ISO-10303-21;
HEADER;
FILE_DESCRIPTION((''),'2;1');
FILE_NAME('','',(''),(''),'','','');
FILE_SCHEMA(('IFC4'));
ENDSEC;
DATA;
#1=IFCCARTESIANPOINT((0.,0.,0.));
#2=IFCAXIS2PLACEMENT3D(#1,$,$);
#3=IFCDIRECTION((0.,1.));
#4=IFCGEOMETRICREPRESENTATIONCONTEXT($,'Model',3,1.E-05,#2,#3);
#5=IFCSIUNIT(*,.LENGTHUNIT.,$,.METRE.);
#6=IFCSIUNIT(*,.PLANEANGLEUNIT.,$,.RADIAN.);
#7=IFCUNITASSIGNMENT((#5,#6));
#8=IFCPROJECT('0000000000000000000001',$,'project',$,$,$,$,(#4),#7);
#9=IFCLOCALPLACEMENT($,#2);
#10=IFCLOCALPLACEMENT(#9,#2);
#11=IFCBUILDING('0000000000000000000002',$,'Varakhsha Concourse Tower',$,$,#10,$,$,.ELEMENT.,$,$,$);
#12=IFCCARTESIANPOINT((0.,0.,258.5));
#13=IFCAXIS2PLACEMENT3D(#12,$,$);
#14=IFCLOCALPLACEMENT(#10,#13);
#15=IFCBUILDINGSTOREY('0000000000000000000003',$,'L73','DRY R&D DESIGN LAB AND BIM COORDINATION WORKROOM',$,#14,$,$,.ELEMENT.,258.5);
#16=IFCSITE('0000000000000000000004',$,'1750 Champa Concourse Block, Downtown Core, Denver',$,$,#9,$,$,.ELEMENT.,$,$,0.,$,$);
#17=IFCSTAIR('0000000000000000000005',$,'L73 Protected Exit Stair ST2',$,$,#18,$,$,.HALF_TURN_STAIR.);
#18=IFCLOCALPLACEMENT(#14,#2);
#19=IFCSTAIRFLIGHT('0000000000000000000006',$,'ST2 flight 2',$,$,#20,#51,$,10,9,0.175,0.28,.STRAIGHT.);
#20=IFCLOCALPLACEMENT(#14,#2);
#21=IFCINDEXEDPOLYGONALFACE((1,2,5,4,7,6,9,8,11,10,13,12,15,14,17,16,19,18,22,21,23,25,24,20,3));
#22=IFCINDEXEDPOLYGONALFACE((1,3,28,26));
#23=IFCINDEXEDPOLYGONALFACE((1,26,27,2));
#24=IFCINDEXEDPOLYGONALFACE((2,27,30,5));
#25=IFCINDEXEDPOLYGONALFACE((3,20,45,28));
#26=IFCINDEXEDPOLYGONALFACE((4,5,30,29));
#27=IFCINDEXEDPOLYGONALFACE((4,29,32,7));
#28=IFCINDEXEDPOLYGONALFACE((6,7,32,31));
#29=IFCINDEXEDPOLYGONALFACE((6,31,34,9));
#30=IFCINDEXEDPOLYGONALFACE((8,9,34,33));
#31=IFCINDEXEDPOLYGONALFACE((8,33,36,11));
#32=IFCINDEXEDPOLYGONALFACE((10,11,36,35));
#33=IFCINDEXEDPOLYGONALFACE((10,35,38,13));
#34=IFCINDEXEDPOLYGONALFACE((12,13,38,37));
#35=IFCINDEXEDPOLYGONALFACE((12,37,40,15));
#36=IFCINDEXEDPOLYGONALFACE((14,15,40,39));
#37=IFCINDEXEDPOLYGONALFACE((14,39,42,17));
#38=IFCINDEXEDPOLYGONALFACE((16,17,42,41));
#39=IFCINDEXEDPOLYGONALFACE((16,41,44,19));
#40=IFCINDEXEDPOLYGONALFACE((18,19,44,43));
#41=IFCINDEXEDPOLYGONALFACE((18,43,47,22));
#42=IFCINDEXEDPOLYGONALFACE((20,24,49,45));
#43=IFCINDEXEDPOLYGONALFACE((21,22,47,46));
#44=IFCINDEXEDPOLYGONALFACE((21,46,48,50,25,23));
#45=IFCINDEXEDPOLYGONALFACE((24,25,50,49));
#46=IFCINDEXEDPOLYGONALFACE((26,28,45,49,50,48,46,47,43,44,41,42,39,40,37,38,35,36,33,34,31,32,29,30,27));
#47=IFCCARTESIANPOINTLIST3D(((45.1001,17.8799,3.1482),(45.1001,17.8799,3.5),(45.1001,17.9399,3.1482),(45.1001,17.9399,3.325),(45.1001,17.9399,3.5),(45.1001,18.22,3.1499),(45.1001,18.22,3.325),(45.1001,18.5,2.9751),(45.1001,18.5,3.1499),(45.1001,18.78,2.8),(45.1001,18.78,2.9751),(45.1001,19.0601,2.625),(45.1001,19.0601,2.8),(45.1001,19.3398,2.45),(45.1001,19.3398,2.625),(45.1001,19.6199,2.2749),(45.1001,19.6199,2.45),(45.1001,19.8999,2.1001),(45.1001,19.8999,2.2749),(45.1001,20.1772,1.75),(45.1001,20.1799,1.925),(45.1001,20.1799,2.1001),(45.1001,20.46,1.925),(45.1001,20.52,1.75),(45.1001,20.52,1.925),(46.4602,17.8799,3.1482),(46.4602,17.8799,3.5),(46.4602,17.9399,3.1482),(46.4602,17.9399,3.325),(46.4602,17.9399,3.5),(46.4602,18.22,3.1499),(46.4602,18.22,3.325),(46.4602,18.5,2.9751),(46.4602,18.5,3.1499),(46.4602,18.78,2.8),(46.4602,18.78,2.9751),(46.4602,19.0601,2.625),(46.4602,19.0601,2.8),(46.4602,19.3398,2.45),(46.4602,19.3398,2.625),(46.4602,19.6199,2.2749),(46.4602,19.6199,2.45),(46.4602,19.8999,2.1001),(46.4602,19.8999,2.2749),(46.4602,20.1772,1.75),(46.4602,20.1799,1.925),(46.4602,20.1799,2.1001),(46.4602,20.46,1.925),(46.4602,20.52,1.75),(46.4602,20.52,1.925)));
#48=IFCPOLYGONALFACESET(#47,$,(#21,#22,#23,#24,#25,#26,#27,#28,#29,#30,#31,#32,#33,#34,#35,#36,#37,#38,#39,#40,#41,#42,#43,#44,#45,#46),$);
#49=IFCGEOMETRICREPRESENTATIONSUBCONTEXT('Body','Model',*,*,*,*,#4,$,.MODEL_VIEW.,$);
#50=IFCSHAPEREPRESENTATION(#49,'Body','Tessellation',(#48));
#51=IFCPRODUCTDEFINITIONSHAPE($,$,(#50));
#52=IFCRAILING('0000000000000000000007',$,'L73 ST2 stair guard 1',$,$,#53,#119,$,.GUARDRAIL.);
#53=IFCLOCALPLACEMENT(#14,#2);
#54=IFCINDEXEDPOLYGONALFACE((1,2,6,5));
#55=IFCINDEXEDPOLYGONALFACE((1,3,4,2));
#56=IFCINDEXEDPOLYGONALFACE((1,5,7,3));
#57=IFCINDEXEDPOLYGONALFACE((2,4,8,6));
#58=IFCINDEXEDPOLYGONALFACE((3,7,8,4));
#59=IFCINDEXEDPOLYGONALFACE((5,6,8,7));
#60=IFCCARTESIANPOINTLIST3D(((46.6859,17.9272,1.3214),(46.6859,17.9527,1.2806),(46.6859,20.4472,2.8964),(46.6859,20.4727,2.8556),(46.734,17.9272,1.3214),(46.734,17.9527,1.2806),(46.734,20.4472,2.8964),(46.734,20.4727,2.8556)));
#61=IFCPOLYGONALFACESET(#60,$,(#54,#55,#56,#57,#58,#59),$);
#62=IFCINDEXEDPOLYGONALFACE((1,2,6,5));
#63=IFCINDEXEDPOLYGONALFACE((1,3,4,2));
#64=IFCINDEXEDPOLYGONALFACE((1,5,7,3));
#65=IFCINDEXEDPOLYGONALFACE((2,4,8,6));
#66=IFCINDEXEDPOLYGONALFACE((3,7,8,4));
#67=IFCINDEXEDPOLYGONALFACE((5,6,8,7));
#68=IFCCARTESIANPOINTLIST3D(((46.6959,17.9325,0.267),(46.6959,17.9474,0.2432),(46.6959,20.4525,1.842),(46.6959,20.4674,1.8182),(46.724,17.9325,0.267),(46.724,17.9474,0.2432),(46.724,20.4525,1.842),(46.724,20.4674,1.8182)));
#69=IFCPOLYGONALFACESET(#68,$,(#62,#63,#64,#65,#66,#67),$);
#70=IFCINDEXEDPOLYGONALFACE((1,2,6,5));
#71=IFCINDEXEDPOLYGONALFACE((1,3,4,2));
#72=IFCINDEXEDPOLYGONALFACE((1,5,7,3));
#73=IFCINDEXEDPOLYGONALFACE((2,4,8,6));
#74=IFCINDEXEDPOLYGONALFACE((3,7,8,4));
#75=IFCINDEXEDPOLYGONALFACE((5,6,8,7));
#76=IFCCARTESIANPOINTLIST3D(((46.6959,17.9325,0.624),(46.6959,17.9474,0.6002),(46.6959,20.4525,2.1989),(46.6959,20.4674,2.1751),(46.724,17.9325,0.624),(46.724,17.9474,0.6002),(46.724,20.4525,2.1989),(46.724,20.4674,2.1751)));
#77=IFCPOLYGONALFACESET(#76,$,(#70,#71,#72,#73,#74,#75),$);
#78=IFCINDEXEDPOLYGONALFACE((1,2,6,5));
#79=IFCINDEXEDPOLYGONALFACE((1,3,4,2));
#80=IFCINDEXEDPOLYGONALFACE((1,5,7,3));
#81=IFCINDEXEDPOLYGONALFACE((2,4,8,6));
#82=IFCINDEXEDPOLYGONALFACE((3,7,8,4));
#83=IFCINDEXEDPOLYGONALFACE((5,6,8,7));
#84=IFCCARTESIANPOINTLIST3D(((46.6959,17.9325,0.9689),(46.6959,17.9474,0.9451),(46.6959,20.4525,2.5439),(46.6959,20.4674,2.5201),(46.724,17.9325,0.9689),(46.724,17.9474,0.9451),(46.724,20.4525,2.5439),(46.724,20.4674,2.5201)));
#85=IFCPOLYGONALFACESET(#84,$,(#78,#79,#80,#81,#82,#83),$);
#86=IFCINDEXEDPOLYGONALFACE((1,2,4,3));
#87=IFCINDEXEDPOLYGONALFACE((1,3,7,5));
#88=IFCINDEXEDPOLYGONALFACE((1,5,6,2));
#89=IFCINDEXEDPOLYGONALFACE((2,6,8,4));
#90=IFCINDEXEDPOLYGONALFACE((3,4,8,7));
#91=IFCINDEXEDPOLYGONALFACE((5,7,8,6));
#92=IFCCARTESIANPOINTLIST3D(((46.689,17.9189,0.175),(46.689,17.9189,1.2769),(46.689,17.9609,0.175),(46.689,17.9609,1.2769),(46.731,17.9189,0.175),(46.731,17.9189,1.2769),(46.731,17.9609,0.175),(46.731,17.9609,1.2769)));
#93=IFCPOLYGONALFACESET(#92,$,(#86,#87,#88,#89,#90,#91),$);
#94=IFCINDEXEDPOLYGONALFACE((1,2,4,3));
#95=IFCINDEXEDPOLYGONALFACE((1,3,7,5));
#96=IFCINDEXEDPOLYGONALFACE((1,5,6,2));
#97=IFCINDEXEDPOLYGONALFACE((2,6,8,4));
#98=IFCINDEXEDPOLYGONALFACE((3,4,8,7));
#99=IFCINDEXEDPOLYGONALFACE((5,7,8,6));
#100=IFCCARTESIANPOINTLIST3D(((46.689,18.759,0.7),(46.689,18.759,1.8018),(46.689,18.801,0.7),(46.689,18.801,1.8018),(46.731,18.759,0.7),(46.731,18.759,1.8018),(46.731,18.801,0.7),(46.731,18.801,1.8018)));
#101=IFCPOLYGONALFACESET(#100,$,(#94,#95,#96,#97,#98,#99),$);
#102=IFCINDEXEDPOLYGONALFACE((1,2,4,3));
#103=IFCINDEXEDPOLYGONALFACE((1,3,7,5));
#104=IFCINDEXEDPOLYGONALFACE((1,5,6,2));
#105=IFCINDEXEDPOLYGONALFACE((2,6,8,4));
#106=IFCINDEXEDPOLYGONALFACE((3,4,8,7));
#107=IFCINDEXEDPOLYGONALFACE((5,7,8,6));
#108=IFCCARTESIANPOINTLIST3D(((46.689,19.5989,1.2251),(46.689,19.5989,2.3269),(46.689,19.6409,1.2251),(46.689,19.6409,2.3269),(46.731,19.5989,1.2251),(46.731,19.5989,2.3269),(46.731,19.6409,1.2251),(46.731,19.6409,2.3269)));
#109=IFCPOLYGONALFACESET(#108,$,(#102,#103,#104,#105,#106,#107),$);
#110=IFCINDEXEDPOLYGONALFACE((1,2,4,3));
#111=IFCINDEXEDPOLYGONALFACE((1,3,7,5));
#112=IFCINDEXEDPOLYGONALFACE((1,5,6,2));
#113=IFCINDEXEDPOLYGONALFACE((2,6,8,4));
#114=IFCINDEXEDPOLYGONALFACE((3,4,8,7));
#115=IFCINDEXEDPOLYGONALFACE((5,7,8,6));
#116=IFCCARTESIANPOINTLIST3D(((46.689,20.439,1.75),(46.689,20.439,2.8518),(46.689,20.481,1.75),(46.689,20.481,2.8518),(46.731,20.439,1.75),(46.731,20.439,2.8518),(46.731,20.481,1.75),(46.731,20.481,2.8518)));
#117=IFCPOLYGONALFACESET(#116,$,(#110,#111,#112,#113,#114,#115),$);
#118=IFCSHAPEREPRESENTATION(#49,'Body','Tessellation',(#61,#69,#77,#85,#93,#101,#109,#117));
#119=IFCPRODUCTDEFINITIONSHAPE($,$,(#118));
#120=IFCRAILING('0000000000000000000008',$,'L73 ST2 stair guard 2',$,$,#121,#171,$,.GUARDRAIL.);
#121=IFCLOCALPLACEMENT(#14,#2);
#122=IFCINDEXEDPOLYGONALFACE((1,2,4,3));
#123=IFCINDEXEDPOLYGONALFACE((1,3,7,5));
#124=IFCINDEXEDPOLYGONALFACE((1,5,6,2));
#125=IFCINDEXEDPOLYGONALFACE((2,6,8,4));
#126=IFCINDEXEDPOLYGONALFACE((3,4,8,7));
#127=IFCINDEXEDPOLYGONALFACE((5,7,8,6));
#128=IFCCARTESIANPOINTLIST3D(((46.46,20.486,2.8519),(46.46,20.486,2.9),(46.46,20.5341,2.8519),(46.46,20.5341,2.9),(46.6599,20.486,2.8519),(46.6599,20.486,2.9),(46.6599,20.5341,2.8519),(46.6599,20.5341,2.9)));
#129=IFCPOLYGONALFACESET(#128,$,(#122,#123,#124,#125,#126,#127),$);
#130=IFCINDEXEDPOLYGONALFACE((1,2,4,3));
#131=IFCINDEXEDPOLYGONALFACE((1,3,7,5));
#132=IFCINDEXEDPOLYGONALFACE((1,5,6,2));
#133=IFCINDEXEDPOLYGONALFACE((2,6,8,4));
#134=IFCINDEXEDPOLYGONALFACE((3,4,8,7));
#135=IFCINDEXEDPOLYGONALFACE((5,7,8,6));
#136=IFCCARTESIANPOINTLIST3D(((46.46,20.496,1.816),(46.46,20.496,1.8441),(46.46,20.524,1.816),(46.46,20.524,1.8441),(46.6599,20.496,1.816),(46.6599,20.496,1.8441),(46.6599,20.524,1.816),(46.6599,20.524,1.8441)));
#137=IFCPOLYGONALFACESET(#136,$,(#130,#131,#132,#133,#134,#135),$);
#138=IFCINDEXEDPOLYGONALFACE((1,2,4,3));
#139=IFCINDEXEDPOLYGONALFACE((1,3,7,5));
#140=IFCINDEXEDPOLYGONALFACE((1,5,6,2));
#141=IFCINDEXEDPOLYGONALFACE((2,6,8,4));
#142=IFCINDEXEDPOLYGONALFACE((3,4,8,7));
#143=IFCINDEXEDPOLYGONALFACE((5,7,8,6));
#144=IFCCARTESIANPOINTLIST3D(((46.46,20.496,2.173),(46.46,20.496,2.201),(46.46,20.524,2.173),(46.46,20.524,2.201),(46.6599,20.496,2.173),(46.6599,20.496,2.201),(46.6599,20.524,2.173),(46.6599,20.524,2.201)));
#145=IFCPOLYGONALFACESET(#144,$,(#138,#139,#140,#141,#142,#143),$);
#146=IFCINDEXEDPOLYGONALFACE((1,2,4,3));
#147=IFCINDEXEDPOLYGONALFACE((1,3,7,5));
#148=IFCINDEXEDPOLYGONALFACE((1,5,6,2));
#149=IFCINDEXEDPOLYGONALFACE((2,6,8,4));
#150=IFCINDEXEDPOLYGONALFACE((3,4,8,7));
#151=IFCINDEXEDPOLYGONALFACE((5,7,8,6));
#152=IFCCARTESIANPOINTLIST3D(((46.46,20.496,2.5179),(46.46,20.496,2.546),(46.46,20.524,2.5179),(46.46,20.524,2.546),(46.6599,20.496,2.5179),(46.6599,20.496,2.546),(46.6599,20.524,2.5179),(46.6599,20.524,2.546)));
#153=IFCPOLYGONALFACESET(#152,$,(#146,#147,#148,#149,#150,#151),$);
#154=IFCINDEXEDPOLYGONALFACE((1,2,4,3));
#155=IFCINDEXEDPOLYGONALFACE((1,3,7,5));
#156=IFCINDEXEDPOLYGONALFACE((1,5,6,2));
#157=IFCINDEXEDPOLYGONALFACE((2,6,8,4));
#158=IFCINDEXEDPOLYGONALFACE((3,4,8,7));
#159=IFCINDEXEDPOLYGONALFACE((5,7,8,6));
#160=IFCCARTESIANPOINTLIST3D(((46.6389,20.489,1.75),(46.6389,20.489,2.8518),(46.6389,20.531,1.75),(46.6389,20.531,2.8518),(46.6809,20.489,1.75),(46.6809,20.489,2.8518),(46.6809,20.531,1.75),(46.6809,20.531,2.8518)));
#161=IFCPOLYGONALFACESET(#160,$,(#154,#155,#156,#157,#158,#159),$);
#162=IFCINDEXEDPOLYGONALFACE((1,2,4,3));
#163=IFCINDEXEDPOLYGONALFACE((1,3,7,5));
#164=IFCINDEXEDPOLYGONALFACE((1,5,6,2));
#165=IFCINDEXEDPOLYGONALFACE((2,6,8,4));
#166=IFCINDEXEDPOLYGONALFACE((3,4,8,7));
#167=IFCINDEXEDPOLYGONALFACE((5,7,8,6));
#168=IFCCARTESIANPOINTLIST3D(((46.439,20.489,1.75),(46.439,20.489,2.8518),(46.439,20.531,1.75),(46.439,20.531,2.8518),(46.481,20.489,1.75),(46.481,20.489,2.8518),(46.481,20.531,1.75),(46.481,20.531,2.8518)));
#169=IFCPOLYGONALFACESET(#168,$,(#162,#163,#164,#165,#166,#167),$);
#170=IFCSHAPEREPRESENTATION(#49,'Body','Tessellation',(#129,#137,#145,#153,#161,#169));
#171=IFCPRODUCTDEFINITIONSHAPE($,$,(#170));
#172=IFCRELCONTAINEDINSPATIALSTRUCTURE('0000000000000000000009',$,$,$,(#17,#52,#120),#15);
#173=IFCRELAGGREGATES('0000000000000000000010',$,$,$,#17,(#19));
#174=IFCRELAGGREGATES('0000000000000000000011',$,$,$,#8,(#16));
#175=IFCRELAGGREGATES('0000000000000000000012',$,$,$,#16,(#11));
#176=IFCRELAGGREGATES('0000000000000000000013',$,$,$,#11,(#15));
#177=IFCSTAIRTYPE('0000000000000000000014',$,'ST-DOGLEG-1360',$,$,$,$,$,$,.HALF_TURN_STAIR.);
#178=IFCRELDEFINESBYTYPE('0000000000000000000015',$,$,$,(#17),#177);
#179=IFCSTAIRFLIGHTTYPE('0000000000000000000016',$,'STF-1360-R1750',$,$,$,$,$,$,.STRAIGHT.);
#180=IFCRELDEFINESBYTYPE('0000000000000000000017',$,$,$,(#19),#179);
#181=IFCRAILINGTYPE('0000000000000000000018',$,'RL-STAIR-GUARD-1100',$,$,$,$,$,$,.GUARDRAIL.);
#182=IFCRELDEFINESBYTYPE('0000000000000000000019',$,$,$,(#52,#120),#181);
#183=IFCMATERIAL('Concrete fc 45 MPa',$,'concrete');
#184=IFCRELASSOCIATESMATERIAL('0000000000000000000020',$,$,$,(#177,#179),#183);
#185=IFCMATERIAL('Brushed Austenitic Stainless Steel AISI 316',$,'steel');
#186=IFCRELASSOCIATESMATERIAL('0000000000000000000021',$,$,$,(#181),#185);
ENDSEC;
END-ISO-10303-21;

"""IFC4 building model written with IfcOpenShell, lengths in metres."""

from ifc_helpers import new_model, si_unit, direction, frame, origin, origin_2d, place, context, subcontext, project, spatial, polyline, rectangle, outline, extrude, material, type_object, element, aggregate, save


model = new_model("IFC4")

# Units and contexts
model_context = context("Model", 3, precision=1e-05, world=origin(), true_north=direction((0.0, 1.0)))
body_context = subcontext(model_context, "Body", "Model", "MODEL_VIEW")
ifc_project = project(units=[si_unit("LENGTHUNIT", "METRE"), si_unit("PLANEANGLEUNIT", "RADIAN")], contexts=[model_context])

# Site, building, storey
site_placement = place(None, origin())
site = spatial("IfcSite", under=ifc_project, at=site_placement, Name="1750 Champa Concourse Block, Downtown Core, Denver", CompositionType="ELEMENT", RefElevation=0.0)
building_placement = place(site_placement, origin())
building = spatial("IfcBuilding", under=site, at=building_placement, Name="Varakhsha Concourse Tower", CompositionType="ELEMENT")
storey_placement = place(building_placement, frame((0.0, 0.0, 258.5)))
storey = spatial("IfcBuildingStorey", under=building, at=storey_placement, Name="L73", Description="DRY R&D DESIGN LAB AND BIM COORDINATION WORKROOM", CompositionType="ELEMENT", Elevation=258.5)

# Shared definitions
ifc_material_1 = material(Name="Concrete fc 45 MPa", Category="concrete")

# Stair, stair flight
stair_type = type_object("IfcStairType", Name="ST-DOGLEG-1360", PredefinedType="HALF_TURN_STAIR", material=ifc_material_1)
stair_placement = place(storey_placement, origin())
stair = element("IfcStair", 1, at=stair_placement, inside=storey, type_object=stair_type, Name="L73 Protected Exit Stair ST2", PredefinedType="HALF_TURN_STAIR")
stair_flight_type = type_object("IfcStairFlightType", Name="STF-1360-R1750", PredefinedType="STRAIGHT", material=ifc_material_1)
stair_flight_1_placement = place(storey_placement, frame((45.78, 20.46, 1.75), z_axis=(0.0, 0.0, 1.0), x_axis=(0.0, -1.0, 0.0)))
stair_flight_1 = element("IfcStairFlight", 2, at=stair_flight_1_placement, type_object=stair_flight_type, Name="ST2 flight 2", NumberOfRisers=10, NumberOfTreads=9, PredefinedType="STRAIGHT", RiserHeight=0.175, TreadLength=0.28, context=body_context, shape_type="SweptSolid", body=[
    extrude(outline(polyline([(-0.0601, 0.0), (-0.0601, 0.175), (0.0, 0.175), (0.28, 0.175), (0.28, 0.3501), (0.5601, 0.3501), (0.5601, 0.5249), (0.8401, 0.5249), (0.8401, 0.7), (1.1201, 0.7), (1.1201, 0.875), (1.3999, 0.875), (1.3999, 1.05), (1.6799, 1.05), (1.6799, 1.2251), (1.96, 1.2251), (1.96, 1.3999), (2.24, 1.3999), (2.24, 1.575), (2.52, 1.575), (2.52, 1.75), (2.5801, 1.75), (2.5801, 1.3982), (2.52, 1.3982), (0.2827, 0.0), (-0.0601, 0.0)])), frame((0.0, 0.6802, 0.0), z_axis=(0.0, -1.0, 0.0), x_axis=(1.0, 0.0, 0.0)), (0.0, 0.0, 1.0), 1.3601),
])
aggregate(stair, [stair_flight_1])

# Railings
ifc_material_2 = material(Name="Brushed Austenitic Stainless Steel AISI 316", Category="steel")
railing_type_1 = type_object("IfcRailingType", Name="RL-STAIR-GUARD-1100", PredefinedType="GUARDRAIL", material=ifc_material_2)
railing_1_placement = place(storey_placement, frame((46.71, 17.9399, 0.175)))
element("IfcRailing", 3, at=railing_1_placement, inside=storey, type_object=railing_type_1, Name="L73 ST2 stair guard 1", PredefinedType="GUARDRAIL", context=body_context, shape_type="SweptSolid", body=[
    extrude(rectangle(XDim=0.0481, YDim=0.0481, at=origin_2d()), frame((0.0, 0.0, 1.126), z_axis=(0.0, 0.848008, 0.529984), x_axis=(-1.0, 0.0, 0.0)), (0.0, 0.0, 1.0), 2.9717),
    extrude(rectangle(XDim=0.0281, YDim=0.0281, at=origin_2d()), frame((0.0, 0.0, 0.0801), z_axis=(0.0, 0.848008, 0.529984), x_axis=(-1.0, 0.0, 0.0)), (0.0, 0.0, 1.0), 2.9717),
    extrude(rectangle(XDim=0.0281, YDim=0.0281, at=origin_2d()), frame((0.0, 0.0, 0.437), z_axis=(0.0, 0.848008, 0.529984), x_axis=(-1.0, 0.0, 0.0)), (0.0, 0.0, 1.0), 2.9717),
    extrude(rectangle(XDim=0.0281, YDim=0.0281, at=origin_2d()), frame((0.0, 0.0, 0.782), z_axis=(0.0, 0.848008, 0.529984), x_axis=(-1.0, 0.0, 0.0)), (0.0, 0.0, 1.0), 2.9717),
    extrude(rectangle(XDim=0.042, YDim=0.042, at=origin_2d()), origin(), (0.0, 0.0, 1.0), 1.1018),
    extrude(rectangle(XDim=0.042, YDim=0.042, at=origin_2d()), frame((0.0, 0.8401, 0.5249)), (0.0, 0.0, 1.0), 1.1018),
    extrude(rectangle(XDim=0.042, YDim=0.042, at=origin_2d()), frame((0.0, 1.6799, 1.05)), (0.0, 0.0, 1.0), 1.1018),
    extrude(rectangle(XDim=0.042, YDim=0.042, at=origin_2d()), frame((0.0, 2.52, 1.575)), (0.0, 0.0, 1.0), 1.1018),
])
railing_2_placement = place(storey_placement, frame((46.6599, 20.51, 1.75)))
element("IfcRailing", 4, at=railing_2_placement, inside=storey, type_object=railing_type_1, Name="L73 ST2 stair guard 2", PredefinedType="GUARDRAIL", context=body_context, shape_type="SweptSolid", body=[
    extrude(rectangle(XDim=0.0481, YDim=0.0481, at=origin_2d()), frame((0.0, 0.0, 1.126), z_axis=(-1.0, 0.0, 0.0), x_axis=(0.0, -1.0, 0.0)), (0.0, 0.0, 1.0), 0.2),
    extrude(rectangle(XDim=0.0281, YDim=0.0281, at=origin_2d()), frame((0.0, 0.0, 0.0801), z_axis=(-1.0, 0.0, 0.0), x_axis=(0.0, -1.0, 0.0)), (0.0, 0.0, 1.0), 0.2),
    extrude(rectangle(XDim=0.0281, YDim=0.0281, at=origin_2d()), frame((0.0, 0.0, 0.437), z_axis=(-1.0, 0.0, 0.0), x_axis=(0.0, -1.0, 0.0)), (0.0, 0.0, 1.0), 0.2),
    extrude(rectangle(XDim=0.0281, YDim=0.0281, at=origin_2d()), frame((0.0, 0.0, 0.782), z_axis=(-1.0, 0.0, 0.0), x_axis=(0.0, -1.0, 0.0)), (0.0, 0.0, 1.0), 0.2),
    extrude(rectangle(XDim=0.042, YDim=0.042, at=origin_2d()), origin(), (0.0, 0.0, 1.0), 1.1018),
    extrude(rectangle(XDim=0.042, YDim=0.042, at=origin_2d()), frame((-0.2, 0.0, 0.0)), (0.0, 0.0, 1.0), 1.1018),
])

save(model, "model.ifc")
